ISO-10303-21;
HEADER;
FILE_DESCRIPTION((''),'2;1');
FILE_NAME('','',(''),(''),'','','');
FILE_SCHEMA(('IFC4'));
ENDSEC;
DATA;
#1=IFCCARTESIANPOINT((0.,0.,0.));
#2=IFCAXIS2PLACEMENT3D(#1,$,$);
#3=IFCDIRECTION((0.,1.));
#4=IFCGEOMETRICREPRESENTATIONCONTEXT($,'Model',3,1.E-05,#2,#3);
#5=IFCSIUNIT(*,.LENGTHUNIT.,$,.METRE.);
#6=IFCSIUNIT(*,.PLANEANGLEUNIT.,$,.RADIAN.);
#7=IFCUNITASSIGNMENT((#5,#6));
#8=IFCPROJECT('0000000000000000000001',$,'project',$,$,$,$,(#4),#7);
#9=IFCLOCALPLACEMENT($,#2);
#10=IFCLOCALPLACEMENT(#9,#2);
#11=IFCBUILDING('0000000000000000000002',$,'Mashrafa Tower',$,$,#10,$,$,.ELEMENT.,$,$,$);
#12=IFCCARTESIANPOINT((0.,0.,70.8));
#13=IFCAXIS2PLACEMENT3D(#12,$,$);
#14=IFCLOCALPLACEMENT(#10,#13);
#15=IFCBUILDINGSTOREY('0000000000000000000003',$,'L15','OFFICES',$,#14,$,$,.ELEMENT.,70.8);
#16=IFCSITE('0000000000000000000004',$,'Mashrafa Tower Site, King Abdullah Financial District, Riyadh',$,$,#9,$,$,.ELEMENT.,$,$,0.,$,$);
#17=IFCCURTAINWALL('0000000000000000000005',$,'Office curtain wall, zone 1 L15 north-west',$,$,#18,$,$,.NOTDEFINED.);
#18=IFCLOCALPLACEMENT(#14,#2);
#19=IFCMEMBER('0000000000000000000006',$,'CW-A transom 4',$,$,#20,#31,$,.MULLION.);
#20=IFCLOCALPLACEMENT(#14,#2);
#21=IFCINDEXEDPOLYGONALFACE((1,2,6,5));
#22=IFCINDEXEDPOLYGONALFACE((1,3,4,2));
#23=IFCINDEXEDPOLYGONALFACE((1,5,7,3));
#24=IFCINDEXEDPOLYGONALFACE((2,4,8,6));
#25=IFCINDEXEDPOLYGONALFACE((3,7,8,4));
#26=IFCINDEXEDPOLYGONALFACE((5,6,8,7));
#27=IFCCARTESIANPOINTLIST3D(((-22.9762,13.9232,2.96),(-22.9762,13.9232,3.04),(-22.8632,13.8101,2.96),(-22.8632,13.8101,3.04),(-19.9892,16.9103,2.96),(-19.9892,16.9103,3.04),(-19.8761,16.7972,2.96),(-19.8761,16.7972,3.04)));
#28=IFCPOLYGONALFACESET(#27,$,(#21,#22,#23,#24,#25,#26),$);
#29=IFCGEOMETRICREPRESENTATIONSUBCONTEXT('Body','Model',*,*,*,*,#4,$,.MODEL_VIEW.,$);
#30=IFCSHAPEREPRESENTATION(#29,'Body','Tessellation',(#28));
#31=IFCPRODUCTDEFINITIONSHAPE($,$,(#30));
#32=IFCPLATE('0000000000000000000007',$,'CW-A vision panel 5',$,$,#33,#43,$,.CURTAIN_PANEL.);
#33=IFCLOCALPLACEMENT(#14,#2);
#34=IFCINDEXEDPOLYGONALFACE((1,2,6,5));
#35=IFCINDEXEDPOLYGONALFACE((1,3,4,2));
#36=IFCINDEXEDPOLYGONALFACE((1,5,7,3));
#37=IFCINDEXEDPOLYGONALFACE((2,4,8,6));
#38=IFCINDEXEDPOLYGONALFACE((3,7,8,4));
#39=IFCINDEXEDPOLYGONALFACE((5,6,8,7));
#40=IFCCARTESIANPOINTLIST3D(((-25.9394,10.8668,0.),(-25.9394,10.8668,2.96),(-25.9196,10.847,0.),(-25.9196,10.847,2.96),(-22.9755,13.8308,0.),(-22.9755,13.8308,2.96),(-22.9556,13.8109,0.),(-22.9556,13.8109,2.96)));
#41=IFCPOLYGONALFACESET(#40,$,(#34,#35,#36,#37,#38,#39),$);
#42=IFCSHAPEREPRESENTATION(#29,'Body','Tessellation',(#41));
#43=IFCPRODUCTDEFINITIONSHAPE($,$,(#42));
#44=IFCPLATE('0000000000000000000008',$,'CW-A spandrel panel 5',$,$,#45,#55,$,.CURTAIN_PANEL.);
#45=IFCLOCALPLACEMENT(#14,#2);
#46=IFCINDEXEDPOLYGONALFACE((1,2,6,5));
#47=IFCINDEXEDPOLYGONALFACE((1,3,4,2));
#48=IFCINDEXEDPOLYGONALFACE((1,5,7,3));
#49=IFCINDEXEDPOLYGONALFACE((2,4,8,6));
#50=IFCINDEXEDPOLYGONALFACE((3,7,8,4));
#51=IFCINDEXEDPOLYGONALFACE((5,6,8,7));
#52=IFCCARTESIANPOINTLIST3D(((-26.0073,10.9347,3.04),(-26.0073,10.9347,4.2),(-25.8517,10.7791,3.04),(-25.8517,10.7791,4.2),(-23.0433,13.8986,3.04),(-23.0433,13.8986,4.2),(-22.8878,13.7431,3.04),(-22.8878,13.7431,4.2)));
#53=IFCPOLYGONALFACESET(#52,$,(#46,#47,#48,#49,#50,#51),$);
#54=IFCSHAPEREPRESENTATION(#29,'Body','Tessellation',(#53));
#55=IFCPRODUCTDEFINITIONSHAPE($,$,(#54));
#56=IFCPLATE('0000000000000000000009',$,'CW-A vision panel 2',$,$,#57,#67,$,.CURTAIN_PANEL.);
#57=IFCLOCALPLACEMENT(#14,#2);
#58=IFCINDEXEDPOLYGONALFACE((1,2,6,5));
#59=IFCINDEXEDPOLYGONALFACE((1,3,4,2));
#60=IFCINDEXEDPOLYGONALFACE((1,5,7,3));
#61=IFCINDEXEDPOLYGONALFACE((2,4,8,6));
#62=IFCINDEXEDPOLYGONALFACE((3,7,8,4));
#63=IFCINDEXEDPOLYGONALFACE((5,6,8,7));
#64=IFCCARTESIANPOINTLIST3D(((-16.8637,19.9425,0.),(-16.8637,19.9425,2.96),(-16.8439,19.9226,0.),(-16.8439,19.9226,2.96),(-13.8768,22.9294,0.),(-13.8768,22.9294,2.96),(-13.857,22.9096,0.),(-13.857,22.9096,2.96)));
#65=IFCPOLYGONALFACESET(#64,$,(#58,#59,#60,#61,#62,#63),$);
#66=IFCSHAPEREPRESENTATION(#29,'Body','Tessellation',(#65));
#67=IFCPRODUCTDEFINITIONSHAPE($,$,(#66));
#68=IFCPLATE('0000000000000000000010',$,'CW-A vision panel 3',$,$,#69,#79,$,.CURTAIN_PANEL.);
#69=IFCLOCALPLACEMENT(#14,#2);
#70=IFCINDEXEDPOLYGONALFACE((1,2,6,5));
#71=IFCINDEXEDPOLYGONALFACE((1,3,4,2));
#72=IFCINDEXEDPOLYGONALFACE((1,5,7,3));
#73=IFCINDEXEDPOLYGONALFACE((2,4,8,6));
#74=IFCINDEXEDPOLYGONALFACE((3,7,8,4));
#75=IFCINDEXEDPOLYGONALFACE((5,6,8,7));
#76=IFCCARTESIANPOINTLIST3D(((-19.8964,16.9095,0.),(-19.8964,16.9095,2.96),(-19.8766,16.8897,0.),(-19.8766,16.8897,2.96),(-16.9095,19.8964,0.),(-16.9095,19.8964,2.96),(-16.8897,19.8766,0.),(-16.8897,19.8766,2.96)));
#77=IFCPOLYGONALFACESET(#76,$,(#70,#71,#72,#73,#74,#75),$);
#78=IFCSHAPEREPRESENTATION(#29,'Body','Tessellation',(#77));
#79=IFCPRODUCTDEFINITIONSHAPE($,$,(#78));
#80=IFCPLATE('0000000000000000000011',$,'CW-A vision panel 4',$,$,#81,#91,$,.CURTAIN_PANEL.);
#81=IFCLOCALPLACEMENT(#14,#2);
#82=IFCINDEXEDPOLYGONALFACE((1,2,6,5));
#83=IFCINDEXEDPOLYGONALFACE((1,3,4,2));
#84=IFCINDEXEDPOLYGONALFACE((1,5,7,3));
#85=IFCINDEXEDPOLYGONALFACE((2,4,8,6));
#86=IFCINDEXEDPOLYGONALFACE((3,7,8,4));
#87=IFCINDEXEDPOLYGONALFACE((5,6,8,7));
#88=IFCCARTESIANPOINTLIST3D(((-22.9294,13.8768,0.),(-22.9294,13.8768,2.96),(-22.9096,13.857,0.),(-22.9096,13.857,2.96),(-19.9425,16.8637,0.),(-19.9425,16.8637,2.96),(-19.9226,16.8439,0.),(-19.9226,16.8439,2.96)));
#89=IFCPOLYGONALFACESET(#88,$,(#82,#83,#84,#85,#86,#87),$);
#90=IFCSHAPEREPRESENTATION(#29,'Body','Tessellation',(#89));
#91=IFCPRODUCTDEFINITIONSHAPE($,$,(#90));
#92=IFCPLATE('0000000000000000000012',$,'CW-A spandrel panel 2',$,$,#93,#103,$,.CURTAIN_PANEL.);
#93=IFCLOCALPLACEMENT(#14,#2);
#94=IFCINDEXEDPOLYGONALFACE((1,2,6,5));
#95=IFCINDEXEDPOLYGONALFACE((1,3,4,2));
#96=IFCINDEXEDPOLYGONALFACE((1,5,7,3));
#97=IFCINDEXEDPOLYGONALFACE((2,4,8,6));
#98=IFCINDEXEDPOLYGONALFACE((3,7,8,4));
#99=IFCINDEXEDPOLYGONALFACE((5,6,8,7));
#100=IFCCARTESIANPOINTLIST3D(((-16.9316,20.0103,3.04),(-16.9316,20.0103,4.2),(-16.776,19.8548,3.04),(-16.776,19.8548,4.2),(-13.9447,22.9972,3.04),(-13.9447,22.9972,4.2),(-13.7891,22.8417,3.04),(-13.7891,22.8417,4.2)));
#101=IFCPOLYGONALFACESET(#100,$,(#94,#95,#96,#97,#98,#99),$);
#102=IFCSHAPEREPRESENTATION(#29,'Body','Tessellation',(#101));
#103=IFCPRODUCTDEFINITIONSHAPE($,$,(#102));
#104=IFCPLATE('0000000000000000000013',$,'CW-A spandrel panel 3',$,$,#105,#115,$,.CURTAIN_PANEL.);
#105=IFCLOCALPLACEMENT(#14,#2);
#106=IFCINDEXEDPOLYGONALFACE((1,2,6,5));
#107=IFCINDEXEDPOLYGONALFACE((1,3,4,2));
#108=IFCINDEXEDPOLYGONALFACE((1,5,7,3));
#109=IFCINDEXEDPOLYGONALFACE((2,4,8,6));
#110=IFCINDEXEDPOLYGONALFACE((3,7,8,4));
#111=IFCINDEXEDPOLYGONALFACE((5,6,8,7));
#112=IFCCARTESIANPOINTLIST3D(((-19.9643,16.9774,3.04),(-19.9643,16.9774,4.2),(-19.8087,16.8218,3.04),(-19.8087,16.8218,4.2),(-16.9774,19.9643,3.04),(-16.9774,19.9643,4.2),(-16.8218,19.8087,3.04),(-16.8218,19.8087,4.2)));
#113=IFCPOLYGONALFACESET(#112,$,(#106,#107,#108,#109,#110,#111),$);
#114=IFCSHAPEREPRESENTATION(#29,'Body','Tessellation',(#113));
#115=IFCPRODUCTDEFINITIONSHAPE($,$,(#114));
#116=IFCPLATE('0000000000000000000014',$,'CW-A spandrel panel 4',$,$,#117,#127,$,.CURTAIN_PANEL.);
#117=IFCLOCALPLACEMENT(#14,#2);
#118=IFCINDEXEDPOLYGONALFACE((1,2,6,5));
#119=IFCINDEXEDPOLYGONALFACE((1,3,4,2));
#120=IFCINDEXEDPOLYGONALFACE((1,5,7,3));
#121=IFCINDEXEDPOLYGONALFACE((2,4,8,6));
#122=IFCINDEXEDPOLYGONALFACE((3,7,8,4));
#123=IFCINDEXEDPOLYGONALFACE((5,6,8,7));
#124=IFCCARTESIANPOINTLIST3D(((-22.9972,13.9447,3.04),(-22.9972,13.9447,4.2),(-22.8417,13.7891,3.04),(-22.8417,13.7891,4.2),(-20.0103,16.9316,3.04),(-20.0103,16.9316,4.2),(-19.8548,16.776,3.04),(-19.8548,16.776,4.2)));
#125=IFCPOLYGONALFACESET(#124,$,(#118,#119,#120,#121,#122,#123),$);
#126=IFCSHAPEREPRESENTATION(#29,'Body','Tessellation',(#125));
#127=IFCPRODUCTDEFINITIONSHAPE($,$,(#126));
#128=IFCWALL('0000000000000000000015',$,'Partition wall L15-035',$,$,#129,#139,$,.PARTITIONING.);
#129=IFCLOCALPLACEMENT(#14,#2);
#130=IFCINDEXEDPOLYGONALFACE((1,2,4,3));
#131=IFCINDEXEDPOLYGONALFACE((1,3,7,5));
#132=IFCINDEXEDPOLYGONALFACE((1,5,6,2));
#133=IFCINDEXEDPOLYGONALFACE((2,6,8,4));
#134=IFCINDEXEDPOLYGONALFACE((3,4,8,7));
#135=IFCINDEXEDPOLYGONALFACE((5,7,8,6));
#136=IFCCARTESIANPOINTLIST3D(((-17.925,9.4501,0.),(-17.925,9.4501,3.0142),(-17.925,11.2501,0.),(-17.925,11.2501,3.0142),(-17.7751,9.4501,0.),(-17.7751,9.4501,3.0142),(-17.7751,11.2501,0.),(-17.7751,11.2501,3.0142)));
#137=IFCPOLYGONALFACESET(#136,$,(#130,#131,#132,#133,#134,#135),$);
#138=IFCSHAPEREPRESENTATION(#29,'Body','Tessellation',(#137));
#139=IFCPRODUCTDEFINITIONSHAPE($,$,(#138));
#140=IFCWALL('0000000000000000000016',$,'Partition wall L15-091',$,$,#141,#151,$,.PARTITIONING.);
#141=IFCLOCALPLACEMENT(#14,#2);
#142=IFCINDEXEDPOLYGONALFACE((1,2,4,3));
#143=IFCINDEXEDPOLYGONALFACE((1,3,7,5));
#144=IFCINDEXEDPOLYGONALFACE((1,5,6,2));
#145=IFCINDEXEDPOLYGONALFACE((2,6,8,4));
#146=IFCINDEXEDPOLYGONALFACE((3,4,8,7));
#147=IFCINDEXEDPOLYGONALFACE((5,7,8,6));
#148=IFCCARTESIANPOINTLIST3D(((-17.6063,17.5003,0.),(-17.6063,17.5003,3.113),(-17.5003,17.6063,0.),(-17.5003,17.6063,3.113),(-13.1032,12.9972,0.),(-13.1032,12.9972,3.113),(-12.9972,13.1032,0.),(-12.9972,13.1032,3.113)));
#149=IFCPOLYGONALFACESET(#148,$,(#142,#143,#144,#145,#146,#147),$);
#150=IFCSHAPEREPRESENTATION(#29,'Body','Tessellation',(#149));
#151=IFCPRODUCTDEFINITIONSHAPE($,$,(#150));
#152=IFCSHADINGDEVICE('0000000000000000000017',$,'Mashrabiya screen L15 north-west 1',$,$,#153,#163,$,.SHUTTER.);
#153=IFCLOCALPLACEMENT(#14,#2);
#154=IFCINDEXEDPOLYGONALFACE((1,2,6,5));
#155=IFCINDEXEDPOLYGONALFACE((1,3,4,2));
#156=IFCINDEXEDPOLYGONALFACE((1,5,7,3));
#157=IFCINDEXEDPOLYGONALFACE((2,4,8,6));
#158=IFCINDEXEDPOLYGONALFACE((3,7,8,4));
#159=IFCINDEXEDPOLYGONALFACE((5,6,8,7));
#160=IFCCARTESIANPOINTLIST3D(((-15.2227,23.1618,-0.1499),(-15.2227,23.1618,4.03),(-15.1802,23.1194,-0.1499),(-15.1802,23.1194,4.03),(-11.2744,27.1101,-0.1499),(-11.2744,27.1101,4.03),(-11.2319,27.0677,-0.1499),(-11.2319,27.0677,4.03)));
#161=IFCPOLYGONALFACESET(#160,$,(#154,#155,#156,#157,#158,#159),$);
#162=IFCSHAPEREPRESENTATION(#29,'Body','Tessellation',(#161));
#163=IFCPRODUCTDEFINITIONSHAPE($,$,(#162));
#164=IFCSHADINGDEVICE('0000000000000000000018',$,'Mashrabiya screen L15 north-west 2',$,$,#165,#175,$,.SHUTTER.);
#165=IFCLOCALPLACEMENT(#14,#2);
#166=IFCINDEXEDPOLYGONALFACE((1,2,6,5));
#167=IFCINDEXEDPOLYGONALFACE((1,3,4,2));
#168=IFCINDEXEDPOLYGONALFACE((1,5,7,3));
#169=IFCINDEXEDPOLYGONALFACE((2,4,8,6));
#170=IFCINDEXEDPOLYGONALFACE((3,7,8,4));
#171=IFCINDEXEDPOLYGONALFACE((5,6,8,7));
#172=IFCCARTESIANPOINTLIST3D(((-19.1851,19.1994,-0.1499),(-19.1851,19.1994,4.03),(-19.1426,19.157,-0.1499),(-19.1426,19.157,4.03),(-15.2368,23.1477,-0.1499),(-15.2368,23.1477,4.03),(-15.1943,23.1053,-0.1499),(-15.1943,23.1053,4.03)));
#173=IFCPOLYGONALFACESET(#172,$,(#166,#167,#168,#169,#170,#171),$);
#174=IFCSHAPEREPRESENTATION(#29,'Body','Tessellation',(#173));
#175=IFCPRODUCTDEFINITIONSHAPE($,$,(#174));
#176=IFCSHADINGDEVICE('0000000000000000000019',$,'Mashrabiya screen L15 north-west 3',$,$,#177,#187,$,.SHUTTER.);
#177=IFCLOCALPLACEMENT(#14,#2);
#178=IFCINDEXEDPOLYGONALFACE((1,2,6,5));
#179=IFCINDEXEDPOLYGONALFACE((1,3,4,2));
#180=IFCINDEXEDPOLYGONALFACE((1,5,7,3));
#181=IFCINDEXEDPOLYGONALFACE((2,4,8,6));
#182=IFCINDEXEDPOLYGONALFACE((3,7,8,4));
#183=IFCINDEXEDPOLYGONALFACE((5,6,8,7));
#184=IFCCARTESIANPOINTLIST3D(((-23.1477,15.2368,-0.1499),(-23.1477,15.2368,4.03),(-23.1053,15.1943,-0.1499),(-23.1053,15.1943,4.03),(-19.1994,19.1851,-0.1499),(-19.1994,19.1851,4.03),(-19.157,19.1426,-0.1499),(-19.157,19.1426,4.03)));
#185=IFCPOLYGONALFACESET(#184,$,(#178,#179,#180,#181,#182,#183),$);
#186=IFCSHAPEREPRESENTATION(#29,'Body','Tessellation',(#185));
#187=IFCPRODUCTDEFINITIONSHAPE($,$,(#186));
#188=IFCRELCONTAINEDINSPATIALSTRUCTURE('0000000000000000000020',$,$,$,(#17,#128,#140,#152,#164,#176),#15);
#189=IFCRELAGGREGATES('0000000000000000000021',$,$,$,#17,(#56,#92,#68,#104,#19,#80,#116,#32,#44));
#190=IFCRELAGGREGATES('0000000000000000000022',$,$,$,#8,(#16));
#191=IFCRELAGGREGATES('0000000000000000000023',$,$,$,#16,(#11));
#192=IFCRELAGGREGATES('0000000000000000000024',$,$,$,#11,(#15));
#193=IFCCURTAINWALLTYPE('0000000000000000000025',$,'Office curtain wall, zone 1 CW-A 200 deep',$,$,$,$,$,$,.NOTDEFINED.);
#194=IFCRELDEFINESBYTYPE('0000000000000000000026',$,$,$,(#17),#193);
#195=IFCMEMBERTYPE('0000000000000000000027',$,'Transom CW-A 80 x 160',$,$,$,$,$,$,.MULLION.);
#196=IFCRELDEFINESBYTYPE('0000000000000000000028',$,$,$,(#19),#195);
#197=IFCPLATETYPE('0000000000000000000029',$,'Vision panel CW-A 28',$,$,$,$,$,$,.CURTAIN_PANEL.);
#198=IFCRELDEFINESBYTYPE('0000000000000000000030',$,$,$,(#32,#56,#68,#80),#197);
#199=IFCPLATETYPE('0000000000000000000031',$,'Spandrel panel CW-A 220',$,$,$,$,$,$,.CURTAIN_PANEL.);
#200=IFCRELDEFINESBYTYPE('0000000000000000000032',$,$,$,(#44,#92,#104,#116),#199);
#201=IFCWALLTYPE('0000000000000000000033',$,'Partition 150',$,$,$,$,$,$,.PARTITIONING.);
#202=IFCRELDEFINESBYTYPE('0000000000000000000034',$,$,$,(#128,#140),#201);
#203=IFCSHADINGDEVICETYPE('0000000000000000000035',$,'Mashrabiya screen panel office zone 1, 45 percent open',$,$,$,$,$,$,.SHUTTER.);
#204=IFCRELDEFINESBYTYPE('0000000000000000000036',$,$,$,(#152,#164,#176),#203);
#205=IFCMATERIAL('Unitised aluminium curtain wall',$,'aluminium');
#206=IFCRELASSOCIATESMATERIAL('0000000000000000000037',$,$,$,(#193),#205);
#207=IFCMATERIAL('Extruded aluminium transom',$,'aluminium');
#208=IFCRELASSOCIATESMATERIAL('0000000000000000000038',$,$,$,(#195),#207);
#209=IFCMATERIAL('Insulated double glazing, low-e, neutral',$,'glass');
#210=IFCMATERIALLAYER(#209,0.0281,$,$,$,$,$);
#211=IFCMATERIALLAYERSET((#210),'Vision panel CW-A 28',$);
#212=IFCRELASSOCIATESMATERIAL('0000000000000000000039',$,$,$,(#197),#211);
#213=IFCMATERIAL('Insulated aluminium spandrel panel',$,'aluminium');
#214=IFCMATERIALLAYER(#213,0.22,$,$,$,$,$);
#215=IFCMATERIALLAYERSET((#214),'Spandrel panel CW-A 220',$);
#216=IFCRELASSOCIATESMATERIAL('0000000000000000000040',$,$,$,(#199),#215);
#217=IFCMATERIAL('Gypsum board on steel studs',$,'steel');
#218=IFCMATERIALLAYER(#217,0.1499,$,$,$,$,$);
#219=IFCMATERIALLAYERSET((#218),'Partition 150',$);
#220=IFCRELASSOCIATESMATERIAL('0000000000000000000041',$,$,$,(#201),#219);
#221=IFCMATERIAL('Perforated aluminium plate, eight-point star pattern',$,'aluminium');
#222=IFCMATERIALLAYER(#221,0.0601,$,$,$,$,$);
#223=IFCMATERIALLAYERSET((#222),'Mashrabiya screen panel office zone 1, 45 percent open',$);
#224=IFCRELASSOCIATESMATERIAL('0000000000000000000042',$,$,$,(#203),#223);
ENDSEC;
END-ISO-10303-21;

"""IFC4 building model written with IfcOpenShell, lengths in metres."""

from ifc_helpers import new_model, si_unit, direction, frame, frame_2d, origin, origin_2d, place, context, subcontext, project, spatial, rectangle, extrude, source, transform, mapped, material, layer, layer_set, material_profile, profile_set, type_object, type_shapes, element, aggregate, save


model = new_model("IFC4")

# Units and contexts
model_context = context("Model", 3, precision=1e-05, world=origin(), true_north=direction((0.0, 1.0)))
body_context = subcontext(model_context, "Body", "Model", "MODEL_VIEW")
ifc_project = project(units=[si_unit("LENGTHUNIT", "METRE"), si_unit("PLANEANGLEUNIT", "RADIAN")], contexts=[model_context])

# Site, building, storey
site_placement = place(None, origin())
site = spatial("IfcSite", under=ifc_project, at=site_placement, Name="Mashrafa Tower Site, King Abdullah Financial District, Riyadh", CompositionType="ELEMENT", RefElevation=0.0)
building_placement = place(site_placement, origin())
building = spatial("IfcBuilding", under=site, at=building_placement, Name="Mashrafa Tower", CompositionType="ELEMENT")
storey_placement = place(building_placement, frame((0.0, 0.0, 70.8)))
storey = spatial("IfcBuildingStorey", under=building, at=storey_placement, Name="L15", Description="OFFICES", CompositionType="ELEMENT", Elevation=70.8)

# Curtain wall
ifc_material_1 = material(Name="Unitised aluminium curtain wall", Category="aluminium")
curtain_wall_type = type_object("IfcCurtainWallType", Name="Office curtain wall, zone 1 CW-A 200 deep", PredefinedType="NOTDEFINED", material=ifc_material_1)
curtain_wall_1_placement = place(storey_placement, origin())
curtain_wall_1 = element("IfcCurtainWall", 1, at=curtain_wall_1_placement, inside=storey, type_object=curtain_wall_type, Name="Office curtain wall, zone 1 L15 north-west", PredefinedType="NOTDEFINED")

# Member
ifc_material_2 = material(Name="Extruded aluminium transom", Category="aluminium")
ifc_material_profile_1 = material_profile(ifc_material_2, rectangle(XDim=0.1599, YDim=0.0801, at=origin_2d()), Name="Transom 80x160")
ifc_profile_set_1 = profile_set([ifc_material_profile_1], Name="Extruded aluminium transom")
member_type_1 = type_object("IfcMemberType", Name="Transom CW-A 80 x 160", PredefinedType="MULLION", material=ifc_profile_set_1)
shared_shape_1 = source(origin(), body_context, "Body", "SweptSolid", [
    extrude(rectangle(XDim=0.1599, YDim=0.0801, at=origin_2d()), origin(), (0.0, 0.0, 1.0), 4.2244),
])
member_1_placement = place(storey_placement, frame((-19.9326, 16.8538, 3.0), z_axis=(-0.707107, -0.707107, 0.0), x_axis=(0.707107, -0.707107, 0.0)))
member_1 = element("IfcMember", 2, at=member_1_placement, type_object=member_type_1, Name="CW-A transom 4", PredefinedType="MULLION", context=body_context, shape_type="MappedRepresentation", body=[
    mapped(shared_shape_1, transform((0.0, 0.0, 0.0))),
])

# Plates
ifc_material_3 = material(Name="Insulated double glazing, low-e, neutral", Category="glass")
ifc_layer_1 = layer(ifc_material_3, 0.0281)
ifc_layer_set_1 = layer_set([ifc_layer_1], Name="Vision panel CW-A 28")
plate_type_1 = type_object("IfcPlateType", Name="Vision panel CW-A 28", PredefinedType="CURTAIN_PANEL", material=ifc_layer_set_1)
shared_shape_2 = source(origin(), body_context, "Body", "SweptSolid", [
    extrude(rectangle(XDim=4.1917, YDim=0.0281, at=origin_2d()), origin(), (0.0, 0.0, 1.0), 2.96),
])
plate_1_placement = place(storey_placement, frame((-24.4475, 12.3389, 0.0), z_axis=(0.0, 0.0, 1.0), x_axis=(-0.707107, -0.707107, 0.0)))
plate_1 = element("IfcPlate", 3, at=plate_1_placement, type_object=plate_type_1, Name="CW-A vision panel 5", PredefinedType="CURTAIN_PANEL", context=body_context, shape_type="MappedRepresentation", body=[
    mapped(shared_shape_2, transform((0.0, 0.0, 0.0))),
])
ifc_material_4 = material(Name="Insulated aluminium spandrel panel", Category="aluminium")
ifc_layer_2 = layer(ifc_material_4, 0.22)
ifc_layer_set_2 = layer_set([ifc_layer_2], Name="Spandrel panel CW-A 220")
plate_type_2 = type_object("IfcPlateType", Name="Spandrel panel CW-A 220", PredefinedType="CURTAIN_PANEL", material=ifc_layer_set_2)
shared_shape_3 = source(origin(), body_context, "Body", "SweptSolid", [
    extrude(rectangle(XDim=4.1917, YDim=0.22, at=origin_2d()), origin(), (0.0, 0.0, 1.0), 1.1599),
])
plate_2_placement = place(storey_placement, frame((-24.4475, 12.3389, 3.04), z_axis=(0.0, 0.0, 1.0), x_axis=(-0.707107, -0.707107, 0.0)))
plate_2 = element("IfcPlate", 4, at=plate_2_placement, type_object=plate_type_2, Name="CW-A spandrel panel 5", PredefinedType="CURTAIN_PANEL", context=body_context, shape_type="MappedRepresentation", body=[
    mapped(shared_shape_3, transform((0.0, 0.0, 0.0))),
])
shared_shape_4 = source(origin(), body_context, "Body", "SweptSolid", [
    extrude(rectangle(XDim=4.2241, YDim=0.0281, at=origin_2d()), origin(), (0.0, 0.0, 1.0), 2.96),
])
type_shapes(plate_type_1, [shared_shape_2, shared_shape_4])
plate_3_placement = place(storey_placement, frame((-15.3604, 21.426, 0.0), z_axis=(0.0, 0.0, 1.0), x_axis=(-0.707107, -0.707107, 0.0)))
plate_3 = element("IfcPlate", 5, at=plate_3_placement, type_object=plate_type_1, Name="CW-A vision panel 2", PredefinedType="CURTAIN_PANEL", context=body_context, shape_type="MappedRepresentation", body=[
    mapped(shared_shape_4, transform((0.0, 0.0, 0.0))),
])
plate_4_placement = place(storey_placement, frame((-18.3931, 18.3931, 0.0), z_axis=(0.0, 0.0, 1.0), x_axis=(-0.707107, -0.707107, 0.0)))
plate_4 = element("IfcPlate", 6, at=plate_4_placement, type_object=plate_type_1, Name="CW-A vision panel 3", PredefinedType="CURTAIN_PANEL", context=body_context, shape_type="MappedRepresentation", body=[
    mapped(shared_shape_4, transform((0.0, 0.0, 0.0))),
])
plate_5_placement = place(storey_placement, frame((-21.426, 15.3604, 0.0), z_axis=(0.0, 0.0, 1.0), x_axis=(-0.707107, -0.707107, 0.0)))
plate_5 = element("IfcPlate", 7, at=plate_5_placement, type_object=plate_type_1, Name="CW-A vision panel 4", PredefinedType="CURTAIN_PANEL", context=body_context, shape_type="MappedRepresentation", body=[
    mapped(shared_shape_4, transform((0.0, 0.0, 0.0))),
])
shared_shape_5 = source(origin(), body_context, "Body", "SweptSolid", [
    extrude(rectangle(XDim=4.2241, YDim=0.22, at=origin_2d()), origin(), (0.0, 0.0, 1.0), 1.1599),
])
type_shapes(plate_type_2, [shared_shape_3, shared_shape_5])
plate_6_placement = place(storey_placement, frame((-15.3604, 21.426, 3.04), z_axis=(0.0, 0.0, 1.0), x_axis=(-0.707107, -0.707107, 0.0)))
plate_6 = element("IfcPlate", 8, at=plate_6_placement, type_object=plate_type_2, Name="CW-A spandrel panel 2", PredefinedType="CURTAIN_PANEL", context=body_context, shape_type="MappedRepresentation", body=[
    mapped(shared_shape_5, transform((0.0, 0.0, 0.0))),
])
plate_7_placement = place(storey_placement, frame((-18.3931, 18.3931, 3.04), z_axis=(0.0, 0.0, 1.0), x_axis=(-0.707107, -0.707107, 0.0)))
plate_7 = element("IfcPlate", 9, at=plate_7_placement, type_object=plate_type_2, Name="CW-A spandrel panel 3", PredefinedType="CURTAIN_PANEL", context=body_context, shape_type="MappedRepresentation", body=[
    mapped(shared_shape_5, transform((0.0, 0.0, 0.0))),
])
plate_8_placement = place(storey_placement, frame((-21.426, 15.3604, 3.04), z_axis=(0.0, 0.0, 1.0), x_axis=(-0.707107, -0.707107, 0.0)))
plate_8 = element("IfcPlate", 10, at=plate_8_placement, type_object=plate_type_2, Name="CW-A spandrel panel 4", PredefinedType="CURTAIN_PANEL", context=body_context, shape_type="MappedRepresentation", body=[
    mapped(shared_shape_5, transform((0.0, 0.0, 0.0))),
])
aggregate(curtain_wall_1, [plate_3, plate_6, plate_4, plate_7, member_1, plate_5, plate_8, plate_1, plate_2])

# Walls
ifc_material_5 = material(Name="Gypsum board on steel studs", Category="steel")
ifc_layer_3 = layer(ifc_material_5, 0.1499)
ifc_layer_set_3 = layer_set([ifc_layer_3], Name="Partition 150")
wall_type = type_object("IfcWallType", Name="Partition 150", PredefinedType="PARTITIONING", material=ifc_layer_set_3)
wall_1_placement = place(storey_placement, frame((-17.8501, 11.25, 0.0), z_axis=(0.0, 0.0, 1.0), x_axis=(0.0, -1.0, 0.0)))
element("IfcWall", 11, at=wall_1_placement, inside=storey, type_object=wall_type, Name="Partition wall L15-035", PredefinedType="PARTITIONING", context=body_context, shape_type="SweptSolid", body=[
    extrude(rectangle(XDim=1.8, YDim=0.1499, at=frame_2d((0.8999, 0.0))), origin(), (0.0, 0.0, 1.0), 3.0142),
])
wall_2_placement = place(storey_placement, frame((-17.5532, 17.5532, 0.0), z_axis=(0.0, 0.0, 1.0), x_axis=(0.707107, -0.707107, 0.0)))
element("IfcWall", 12, at=wall_2_placement, inside=storey, type_object=wall_type, Name="Partition wall L15-091", PredefinedType="PARTITIONING", context=body_context, shape_type="SweptSolid", body=[
    extrude(rectangle(XDim=6.3684, YDim=0.1499, at=frame_2d((3.1841, 0.0))), origin(), (0.0, 0.0, 1.0), 3.113),
])

# Shading devices
ifc_material_6 = material(Name="Perforated aluminium plate, eight-point star pattern", Category="aluminium")
ifc_layer_4 = layer(ifc_material_6, 0.0601)
ifc_layer_set_4 = layer_set([ifc_layer_4], Name="Mashrabiya screen panel office zone 1, 45 percent open")
shading_device_type = type_object("IfcShadingDeviceType", Name="Mashrabiya screen panel office zone 1, 45 percent open", PredefinedType="SHUTTER", material=ifc_layer_set_4)
shared_shape_6 = source(origin(), body_context, "Body", "SweptSolid", [
    extrude(rectangle(XDim=5.5837, YDim=0.0601, at=origin_2d()), origin(), (0.0, 0.0, 1.0), 4.1799),
])
type_shapes(shading_device_type, [shared_shape_6])
for number, where, z_axis, x_axis, name in (
    (13, (-13.2273, 25.1147, -0.1499), (0.0, 0.0, 1.0), (-0.707107, -0.707107, 0.0), "Mashrabiya screen L15 north-west 1"),
    (14, (-17.1897, 21.1523, -0.1499), (0.0, 0.0, 1.0), (-0.707107, -0.707107, 0.0), "Mashrabiya screen L15 north-west 2"),
    (15, (-21.1523, 17.1897, -0.1499), (0.0, 0.0, 1.0), (-0.707107, -0.707107, 0.0), "Mashrabiya screen L15 north-west 3"),
):
    element("IfcShadingDevice", number, at=place(storey_placement, frame(where, z_axis=z_axis, x_axis=x_axis)), inside=storey, type_object=shading_device_type, Name=name, PredefinedType="SHUTTER", context=body_context, shape_type="MappedRepresentation", body=[
        mapped(shared_shape_6, transform((0.0, 0.0, 0.0))),
    ])

save(model, "model.ifc")
